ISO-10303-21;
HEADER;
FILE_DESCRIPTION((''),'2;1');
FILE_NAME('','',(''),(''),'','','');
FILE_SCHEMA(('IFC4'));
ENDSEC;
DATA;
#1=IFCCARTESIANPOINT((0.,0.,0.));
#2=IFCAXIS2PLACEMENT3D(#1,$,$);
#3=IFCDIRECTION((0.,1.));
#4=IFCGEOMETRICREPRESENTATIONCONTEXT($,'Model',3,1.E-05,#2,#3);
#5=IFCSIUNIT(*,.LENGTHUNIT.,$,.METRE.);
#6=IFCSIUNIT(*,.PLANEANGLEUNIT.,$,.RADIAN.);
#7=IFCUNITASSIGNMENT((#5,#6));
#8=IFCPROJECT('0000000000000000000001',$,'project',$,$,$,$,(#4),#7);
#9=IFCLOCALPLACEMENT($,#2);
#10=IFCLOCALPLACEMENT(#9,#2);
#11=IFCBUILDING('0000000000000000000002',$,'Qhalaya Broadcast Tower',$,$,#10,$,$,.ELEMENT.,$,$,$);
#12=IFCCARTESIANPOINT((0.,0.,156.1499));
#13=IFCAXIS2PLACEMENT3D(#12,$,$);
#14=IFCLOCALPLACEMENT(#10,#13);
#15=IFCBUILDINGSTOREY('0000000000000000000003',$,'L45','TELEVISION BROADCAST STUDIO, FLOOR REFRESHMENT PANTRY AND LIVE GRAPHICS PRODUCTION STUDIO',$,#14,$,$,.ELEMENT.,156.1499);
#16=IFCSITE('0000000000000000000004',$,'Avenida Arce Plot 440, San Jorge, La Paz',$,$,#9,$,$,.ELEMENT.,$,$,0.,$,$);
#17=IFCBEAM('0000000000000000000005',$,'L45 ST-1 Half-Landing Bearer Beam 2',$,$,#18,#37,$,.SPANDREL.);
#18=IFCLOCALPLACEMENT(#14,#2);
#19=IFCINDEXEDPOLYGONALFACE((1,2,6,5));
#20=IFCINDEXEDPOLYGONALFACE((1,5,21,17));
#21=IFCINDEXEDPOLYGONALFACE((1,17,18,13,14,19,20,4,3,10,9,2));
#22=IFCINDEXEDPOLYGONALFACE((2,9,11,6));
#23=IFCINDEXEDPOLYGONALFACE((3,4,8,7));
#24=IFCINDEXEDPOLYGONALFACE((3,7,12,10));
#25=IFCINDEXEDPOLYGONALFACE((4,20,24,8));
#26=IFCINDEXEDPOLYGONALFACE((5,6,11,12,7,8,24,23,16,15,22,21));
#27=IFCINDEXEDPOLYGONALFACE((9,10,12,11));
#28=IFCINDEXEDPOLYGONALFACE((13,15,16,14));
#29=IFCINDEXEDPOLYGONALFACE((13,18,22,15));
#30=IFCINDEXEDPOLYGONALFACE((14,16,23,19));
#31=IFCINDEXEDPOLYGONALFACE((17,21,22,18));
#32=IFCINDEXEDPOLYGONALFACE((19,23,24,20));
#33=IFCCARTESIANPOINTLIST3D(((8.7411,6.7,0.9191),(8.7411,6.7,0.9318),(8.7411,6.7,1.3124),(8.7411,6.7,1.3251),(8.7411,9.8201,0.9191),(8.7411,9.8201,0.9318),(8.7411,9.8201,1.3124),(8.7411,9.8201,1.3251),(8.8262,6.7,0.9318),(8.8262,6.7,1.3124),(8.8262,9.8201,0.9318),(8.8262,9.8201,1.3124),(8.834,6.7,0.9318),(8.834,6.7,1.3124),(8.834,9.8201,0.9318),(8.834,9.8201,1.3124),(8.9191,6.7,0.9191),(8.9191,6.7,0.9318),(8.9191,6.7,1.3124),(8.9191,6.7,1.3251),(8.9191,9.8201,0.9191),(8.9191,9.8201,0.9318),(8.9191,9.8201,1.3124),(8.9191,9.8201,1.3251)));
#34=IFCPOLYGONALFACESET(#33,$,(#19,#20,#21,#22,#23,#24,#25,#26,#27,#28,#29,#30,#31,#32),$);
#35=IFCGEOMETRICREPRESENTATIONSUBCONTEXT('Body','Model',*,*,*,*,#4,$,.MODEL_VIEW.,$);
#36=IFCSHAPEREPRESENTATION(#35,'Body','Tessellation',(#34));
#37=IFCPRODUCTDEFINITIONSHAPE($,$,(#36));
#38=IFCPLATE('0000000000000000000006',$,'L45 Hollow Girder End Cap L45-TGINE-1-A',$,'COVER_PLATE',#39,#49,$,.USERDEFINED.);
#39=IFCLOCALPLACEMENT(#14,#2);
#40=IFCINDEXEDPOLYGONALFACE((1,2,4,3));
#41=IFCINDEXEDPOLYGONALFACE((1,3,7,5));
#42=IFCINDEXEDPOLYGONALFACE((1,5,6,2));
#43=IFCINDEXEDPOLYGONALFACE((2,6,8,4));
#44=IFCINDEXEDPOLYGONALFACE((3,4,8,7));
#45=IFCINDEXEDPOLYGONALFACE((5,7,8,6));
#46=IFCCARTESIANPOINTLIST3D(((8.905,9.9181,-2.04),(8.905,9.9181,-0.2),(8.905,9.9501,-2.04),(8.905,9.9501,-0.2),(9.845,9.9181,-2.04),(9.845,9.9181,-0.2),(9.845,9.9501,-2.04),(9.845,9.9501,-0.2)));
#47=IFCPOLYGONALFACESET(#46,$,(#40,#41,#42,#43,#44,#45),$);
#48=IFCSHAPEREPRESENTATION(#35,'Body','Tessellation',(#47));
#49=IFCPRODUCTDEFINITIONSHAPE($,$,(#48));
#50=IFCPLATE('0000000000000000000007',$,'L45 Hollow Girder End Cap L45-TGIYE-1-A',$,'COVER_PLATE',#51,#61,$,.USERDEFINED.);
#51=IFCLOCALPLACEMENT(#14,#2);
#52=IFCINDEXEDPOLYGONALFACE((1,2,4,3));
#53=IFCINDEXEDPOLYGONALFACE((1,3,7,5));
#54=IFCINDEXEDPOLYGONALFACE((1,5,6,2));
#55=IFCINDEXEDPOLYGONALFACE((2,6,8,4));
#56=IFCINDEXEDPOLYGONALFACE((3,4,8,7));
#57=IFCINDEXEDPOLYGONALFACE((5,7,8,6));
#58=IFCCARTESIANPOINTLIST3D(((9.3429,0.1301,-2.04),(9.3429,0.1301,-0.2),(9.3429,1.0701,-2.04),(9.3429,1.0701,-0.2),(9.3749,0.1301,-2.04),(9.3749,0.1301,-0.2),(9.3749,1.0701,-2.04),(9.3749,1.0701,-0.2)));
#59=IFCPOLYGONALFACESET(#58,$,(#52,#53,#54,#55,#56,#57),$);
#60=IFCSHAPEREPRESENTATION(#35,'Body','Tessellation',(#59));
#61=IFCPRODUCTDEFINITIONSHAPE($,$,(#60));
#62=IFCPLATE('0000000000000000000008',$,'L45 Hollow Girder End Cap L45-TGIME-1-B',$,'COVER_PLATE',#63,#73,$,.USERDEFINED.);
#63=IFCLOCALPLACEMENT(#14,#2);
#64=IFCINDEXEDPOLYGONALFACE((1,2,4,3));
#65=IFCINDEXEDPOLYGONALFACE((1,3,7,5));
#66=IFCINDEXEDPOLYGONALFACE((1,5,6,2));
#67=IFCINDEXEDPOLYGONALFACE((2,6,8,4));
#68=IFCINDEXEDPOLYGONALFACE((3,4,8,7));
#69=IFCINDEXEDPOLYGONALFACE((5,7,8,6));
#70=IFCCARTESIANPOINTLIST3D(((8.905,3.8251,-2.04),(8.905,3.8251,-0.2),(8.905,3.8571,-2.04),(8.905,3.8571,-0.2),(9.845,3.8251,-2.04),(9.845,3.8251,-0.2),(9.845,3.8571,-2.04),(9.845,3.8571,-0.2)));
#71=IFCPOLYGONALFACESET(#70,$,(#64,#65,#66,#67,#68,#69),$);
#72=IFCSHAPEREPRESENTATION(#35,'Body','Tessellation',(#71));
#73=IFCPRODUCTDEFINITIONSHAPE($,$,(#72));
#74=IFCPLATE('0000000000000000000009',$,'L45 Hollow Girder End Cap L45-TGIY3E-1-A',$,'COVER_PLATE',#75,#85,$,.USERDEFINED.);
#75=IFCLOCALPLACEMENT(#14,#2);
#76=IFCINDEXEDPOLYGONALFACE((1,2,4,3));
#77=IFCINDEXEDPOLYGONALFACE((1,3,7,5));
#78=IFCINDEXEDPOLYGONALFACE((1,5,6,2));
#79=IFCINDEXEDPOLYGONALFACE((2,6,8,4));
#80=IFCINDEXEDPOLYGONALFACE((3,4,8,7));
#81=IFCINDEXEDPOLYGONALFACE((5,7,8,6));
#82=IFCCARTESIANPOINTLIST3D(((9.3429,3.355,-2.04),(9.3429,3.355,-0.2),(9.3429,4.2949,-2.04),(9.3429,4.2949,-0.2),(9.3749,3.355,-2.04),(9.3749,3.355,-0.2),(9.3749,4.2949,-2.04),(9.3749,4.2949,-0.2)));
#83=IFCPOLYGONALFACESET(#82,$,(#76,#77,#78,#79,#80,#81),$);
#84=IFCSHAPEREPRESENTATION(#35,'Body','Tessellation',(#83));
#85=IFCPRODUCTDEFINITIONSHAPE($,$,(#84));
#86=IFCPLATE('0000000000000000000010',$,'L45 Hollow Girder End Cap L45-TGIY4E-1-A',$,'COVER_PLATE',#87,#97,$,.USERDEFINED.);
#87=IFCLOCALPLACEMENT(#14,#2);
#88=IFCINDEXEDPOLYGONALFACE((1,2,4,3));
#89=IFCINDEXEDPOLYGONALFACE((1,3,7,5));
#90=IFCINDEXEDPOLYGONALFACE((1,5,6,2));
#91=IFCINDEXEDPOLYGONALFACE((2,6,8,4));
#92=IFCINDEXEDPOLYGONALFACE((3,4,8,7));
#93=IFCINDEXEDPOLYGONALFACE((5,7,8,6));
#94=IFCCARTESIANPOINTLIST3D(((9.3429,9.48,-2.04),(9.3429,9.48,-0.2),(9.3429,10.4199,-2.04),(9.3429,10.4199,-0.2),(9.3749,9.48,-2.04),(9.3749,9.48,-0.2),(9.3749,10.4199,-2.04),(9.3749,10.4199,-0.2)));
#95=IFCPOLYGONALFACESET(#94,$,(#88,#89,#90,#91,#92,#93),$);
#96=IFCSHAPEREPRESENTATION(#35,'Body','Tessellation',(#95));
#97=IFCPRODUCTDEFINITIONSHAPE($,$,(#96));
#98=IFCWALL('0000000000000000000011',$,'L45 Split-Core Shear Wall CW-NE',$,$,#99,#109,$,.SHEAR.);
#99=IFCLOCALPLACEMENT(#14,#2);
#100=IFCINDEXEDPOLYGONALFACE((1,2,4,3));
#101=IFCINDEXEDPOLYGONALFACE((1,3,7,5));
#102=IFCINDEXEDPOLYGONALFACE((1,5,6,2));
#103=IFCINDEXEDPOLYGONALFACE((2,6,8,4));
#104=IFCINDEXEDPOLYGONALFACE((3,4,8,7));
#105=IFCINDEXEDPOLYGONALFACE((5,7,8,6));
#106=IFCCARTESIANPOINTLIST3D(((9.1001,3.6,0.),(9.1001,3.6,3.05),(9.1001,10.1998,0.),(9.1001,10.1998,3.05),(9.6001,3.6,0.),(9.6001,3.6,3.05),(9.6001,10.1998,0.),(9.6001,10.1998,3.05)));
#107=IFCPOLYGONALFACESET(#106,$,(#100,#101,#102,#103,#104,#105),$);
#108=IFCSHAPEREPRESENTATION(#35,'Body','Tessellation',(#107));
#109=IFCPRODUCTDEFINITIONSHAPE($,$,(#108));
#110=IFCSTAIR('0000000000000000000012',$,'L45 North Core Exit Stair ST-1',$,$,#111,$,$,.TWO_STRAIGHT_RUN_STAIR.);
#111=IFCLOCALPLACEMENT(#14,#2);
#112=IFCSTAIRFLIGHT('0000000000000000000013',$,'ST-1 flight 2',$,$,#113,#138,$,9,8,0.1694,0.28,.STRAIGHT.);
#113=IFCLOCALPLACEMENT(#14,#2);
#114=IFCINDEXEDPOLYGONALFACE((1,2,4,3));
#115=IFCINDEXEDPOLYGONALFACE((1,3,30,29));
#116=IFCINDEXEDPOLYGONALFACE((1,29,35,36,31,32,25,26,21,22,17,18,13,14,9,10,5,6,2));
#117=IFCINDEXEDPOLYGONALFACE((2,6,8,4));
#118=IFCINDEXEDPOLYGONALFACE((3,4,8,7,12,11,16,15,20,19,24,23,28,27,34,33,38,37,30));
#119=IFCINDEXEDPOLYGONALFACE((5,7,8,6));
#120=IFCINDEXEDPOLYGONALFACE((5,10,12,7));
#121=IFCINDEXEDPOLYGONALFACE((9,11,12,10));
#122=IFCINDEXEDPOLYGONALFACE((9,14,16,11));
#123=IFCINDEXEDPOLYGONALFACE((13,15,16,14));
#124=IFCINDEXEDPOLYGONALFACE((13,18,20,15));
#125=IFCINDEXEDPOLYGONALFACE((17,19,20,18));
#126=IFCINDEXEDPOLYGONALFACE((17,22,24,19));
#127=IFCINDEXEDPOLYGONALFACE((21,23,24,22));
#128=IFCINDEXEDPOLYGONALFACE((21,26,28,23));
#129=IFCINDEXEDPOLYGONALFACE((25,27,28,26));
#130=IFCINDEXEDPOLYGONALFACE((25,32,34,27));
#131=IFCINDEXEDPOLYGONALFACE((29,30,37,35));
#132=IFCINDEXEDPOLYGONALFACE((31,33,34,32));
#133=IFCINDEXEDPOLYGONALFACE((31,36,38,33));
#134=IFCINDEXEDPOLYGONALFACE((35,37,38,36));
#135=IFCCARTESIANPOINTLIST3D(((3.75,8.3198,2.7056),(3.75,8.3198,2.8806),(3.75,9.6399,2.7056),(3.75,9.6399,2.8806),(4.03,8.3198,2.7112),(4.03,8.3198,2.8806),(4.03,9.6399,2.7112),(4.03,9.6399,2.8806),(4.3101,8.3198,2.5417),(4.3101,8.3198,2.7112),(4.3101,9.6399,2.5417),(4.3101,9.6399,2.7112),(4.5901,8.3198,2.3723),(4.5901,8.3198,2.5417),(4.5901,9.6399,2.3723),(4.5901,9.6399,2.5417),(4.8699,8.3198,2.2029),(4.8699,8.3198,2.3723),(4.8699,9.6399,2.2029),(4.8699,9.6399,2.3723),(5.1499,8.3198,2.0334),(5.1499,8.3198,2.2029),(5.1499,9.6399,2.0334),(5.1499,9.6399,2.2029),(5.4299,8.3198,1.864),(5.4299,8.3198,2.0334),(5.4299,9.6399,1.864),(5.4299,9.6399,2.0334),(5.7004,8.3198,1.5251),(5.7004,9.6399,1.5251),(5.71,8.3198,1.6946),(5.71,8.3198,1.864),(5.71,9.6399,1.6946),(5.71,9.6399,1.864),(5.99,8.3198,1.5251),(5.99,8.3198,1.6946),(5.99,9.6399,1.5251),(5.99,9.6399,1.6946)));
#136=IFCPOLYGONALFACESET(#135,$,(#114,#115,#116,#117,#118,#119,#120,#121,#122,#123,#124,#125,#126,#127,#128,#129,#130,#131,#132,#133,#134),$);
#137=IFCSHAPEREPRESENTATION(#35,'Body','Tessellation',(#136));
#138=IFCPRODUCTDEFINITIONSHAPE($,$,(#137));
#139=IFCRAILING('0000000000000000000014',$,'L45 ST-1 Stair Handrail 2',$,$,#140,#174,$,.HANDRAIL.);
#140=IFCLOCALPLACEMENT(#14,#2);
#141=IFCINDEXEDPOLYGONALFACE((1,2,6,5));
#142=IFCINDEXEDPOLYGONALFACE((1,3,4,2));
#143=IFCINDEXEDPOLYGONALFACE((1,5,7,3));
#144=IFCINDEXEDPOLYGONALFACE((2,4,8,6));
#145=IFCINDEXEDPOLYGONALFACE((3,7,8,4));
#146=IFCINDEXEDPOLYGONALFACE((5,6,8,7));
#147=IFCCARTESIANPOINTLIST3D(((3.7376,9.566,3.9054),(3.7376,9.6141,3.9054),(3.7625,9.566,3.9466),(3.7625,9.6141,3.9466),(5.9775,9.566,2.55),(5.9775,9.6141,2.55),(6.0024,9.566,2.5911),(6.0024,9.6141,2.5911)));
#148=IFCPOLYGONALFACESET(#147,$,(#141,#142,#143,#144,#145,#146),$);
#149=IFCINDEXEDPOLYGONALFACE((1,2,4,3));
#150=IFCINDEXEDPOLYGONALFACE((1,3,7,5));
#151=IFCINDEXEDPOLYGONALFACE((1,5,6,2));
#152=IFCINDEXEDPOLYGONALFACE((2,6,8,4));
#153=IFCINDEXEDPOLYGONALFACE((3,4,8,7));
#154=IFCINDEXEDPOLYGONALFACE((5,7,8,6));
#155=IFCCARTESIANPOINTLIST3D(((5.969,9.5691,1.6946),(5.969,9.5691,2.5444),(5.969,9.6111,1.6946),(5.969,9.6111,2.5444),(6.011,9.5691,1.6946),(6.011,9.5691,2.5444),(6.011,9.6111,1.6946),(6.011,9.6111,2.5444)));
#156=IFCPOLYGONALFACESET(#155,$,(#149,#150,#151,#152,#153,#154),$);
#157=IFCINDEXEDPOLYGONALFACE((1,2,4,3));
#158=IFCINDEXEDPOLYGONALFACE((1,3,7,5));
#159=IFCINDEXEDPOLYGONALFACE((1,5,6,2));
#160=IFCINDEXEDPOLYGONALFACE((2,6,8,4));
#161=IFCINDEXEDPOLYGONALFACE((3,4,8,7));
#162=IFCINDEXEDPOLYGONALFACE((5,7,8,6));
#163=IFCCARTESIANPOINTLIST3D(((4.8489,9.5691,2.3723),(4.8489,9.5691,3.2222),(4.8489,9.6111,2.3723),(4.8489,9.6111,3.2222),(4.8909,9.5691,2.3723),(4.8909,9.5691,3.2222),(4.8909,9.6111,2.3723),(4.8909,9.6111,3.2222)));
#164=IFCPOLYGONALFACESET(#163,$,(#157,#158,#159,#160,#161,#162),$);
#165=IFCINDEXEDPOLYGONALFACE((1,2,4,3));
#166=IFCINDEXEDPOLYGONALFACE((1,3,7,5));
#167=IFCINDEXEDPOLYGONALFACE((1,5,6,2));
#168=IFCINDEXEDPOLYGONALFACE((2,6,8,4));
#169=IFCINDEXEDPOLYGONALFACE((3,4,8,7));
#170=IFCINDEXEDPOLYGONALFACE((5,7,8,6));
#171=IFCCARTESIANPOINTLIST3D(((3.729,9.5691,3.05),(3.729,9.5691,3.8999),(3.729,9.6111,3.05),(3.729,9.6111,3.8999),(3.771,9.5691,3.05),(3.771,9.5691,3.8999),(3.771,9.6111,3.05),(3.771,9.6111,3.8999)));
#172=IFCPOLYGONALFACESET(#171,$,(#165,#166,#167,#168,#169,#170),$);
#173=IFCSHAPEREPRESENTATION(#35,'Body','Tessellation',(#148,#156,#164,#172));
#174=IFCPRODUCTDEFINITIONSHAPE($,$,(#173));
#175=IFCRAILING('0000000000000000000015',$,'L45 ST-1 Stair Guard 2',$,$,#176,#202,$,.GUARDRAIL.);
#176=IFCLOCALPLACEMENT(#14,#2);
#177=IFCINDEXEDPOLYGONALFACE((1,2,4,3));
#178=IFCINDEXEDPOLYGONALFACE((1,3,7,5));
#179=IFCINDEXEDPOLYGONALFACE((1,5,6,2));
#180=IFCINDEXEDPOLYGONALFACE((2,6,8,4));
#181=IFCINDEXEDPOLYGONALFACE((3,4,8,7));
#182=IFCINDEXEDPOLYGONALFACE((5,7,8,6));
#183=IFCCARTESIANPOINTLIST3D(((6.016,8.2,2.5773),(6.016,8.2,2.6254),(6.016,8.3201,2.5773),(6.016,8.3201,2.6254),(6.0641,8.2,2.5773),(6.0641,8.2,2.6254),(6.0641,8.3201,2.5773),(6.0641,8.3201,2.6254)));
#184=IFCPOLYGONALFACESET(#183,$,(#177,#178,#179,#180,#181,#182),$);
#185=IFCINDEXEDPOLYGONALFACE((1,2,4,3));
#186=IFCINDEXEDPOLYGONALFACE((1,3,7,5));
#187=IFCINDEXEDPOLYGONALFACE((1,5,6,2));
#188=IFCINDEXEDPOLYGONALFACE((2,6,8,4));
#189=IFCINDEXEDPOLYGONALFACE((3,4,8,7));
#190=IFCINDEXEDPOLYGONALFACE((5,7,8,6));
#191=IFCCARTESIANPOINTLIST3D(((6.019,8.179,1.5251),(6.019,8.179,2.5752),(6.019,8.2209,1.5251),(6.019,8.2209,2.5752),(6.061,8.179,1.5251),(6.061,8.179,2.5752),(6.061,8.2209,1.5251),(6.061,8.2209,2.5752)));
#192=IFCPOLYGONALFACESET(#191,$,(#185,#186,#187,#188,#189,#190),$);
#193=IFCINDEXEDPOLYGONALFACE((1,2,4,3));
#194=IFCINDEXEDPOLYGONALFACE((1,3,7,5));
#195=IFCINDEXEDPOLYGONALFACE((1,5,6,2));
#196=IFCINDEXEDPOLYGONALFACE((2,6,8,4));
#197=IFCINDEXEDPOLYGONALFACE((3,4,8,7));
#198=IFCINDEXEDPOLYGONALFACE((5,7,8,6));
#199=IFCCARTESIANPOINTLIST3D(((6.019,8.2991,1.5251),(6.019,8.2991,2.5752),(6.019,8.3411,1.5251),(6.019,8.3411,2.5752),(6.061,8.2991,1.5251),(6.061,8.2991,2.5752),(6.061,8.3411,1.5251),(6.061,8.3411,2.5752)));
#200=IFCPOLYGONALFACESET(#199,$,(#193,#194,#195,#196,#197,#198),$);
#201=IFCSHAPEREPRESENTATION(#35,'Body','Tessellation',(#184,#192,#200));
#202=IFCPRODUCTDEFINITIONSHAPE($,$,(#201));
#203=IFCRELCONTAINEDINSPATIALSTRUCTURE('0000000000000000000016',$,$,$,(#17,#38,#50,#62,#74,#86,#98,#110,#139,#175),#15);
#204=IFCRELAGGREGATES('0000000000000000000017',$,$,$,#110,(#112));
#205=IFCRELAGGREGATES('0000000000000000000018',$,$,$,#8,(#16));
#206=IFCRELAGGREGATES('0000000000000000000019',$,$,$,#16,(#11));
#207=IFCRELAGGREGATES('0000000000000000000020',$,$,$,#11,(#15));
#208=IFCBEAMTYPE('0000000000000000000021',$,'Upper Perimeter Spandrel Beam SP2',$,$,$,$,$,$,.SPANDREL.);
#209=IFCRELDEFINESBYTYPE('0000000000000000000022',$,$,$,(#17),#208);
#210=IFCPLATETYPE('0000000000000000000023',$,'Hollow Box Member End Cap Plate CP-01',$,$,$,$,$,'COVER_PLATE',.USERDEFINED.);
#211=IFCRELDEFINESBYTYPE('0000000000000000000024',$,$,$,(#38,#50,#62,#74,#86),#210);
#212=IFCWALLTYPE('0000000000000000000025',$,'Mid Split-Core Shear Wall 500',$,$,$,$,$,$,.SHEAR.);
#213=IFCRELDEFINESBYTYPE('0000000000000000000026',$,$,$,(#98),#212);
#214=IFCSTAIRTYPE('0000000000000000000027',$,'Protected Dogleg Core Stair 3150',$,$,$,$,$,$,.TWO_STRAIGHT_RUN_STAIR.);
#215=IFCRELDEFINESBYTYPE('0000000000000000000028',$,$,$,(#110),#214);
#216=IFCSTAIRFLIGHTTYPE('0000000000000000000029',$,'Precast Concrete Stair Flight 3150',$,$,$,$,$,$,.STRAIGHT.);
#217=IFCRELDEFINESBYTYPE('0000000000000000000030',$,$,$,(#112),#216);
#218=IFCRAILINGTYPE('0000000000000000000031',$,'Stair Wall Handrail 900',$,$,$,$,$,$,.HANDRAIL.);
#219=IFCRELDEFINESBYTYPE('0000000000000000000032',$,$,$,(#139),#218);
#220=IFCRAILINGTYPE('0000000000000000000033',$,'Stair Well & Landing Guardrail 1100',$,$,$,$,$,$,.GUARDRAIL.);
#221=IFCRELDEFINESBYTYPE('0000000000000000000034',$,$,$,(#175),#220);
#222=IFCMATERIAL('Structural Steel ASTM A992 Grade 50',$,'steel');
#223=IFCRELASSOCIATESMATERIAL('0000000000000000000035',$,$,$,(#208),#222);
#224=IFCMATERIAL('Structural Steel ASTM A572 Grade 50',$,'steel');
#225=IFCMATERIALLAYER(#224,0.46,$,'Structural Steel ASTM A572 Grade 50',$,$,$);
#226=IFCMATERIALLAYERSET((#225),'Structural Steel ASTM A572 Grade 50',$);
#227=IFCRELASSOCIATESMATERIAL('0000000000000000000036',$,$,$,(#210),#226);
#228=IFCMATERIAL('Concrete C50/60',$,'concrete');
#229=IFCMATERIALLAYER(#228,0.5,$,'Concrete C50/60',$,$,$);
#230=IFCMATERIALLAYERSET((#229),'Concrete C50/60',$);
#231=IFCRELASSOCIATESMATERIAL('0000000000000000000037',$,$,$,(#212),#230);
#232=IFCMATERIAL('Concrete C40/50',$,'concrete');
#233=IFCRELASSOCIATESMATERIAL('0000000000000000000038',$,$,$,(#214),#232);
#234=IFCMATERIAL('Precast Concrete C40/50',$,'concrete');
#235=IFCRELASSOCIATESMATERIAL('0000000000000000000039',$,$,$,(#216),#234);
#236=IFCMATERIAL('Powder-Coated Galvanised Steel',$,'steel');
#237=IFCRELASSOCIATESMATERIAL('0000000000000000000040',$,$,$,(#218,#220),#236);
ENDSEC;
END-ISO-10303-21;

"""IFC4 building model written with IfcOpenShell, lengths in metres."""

from ifc_helpers import new_model, si_unit, direction, frame, frame_2d, origin, origin_2d, place, context, subcontext, project, spatial, polyline, rectangle, i_section, outline, extrude, material, layer, layer_set, material_profile, profile_set, type_object, element, aggregate, save


model = new_model("IFC4")

# Units and contexts
model_context = context("Model", 3, precision=1e-05, world=origin(), true_north=direction((0.0, 1.0)))
body_context = subcontext(model_context, "Body", "Model", "MODEL_VIEW")
ifc_project = project(units=[si_unit("LENGTHUNIT", "METRE"), si_unit("PLANEANGLEUNIT", "RADIAN")], contexts=[model_context])

# Site, building, storey
site_placement = place(None, origin())
site = spatial("IfcSite", under=ifc_project, at=site_placement, Name="Avenida Arce Plot 440, San Jorge, La Paz", CompositionType="ELEMENT", RefElevation=0.0)
building_placement = place(site_placement, origin())
building = spatial("IfcBuilding", under=site, at=building_placement, Name="Qhalaya Broadcast Tower", CompositionType="ELEMENT")
storey_placement = place(building_placement, frame((0.0, 0.0, 156.1499)))
storey = spatial("IfcBuildingStorey", under=building, at=storey_placement, Name="L45", Description="TELEVISION BROADCAST STUDIO, FLOOR REFRESHMENT PANTRY AND LIVE GRAPHICS PRODUCTION STUDIO", CompositionType="ELEMENT", Elevation=156.1499)

# Shared definitions
ifc_material_1 = material(Name="Concrete C50/60", Category="concrete")

# Beam
ifc_material_2 = material(Name="Structural Steel ASTM A572 Grade 50", Category="steel")
ifc_material_3 = material(Name="Structural Steel ASTM A992 Grade 50", Category="steel")
ifc_material_profile_1 = material_profile(ifc_material_3, i_section(OverallWidth=0.178, OverallDepth=0.406, WebThickness=0.0078, FlangeThickness=0.0127, at=origin_2d()), Name="W16X40")
ifc_profile_set_1 = profile_set([ifc_material_profile_1], Name="Structural Steel ASTM A992 Grade 50")
beam_type_1 = type_object("IfcBeamType", Name="Upper Perimeter Spandrel Beam SP2", PredefinedType="SPANDREL", material=ifc_profile_set_1)
for number, where, z_axis, x_axis, name in (
    (1, (8.8301, 6.7, 1.1221), (0.0, 1.0, 0.0), (-1.0, 0.0, 0.0), "L45 ST-1 Half-Landing Bearer Beam 2"),
):
    element("IfcBeam", number, at=place(storey_placement, frame(where, z_axis=z_axis, x_axis=x_axis)), inside=storey, type_object=beam_type_1, Name=name, PredefinedType="SPANDREL", context=body_context, shape_type="SweptSolid", body=[
        extrude(i_section(OverallWidth=0.178, OverallDepth=0.406, WebThickness=0.0078, FlangeThickness=0.0127, at=origin_2d()), origin(), (0.0, 0.0, 1.0), 3.1201),
    ])

# Plates
ifc_layer_1 = layer(ifc_material_2, 0.46, Name="Structural Steel ASTM A572 Grade 50")
ifc_layer_set_1 = layer_set([ifc_layer_1], Name="Structural Steel ASTM A572 Grade 50")
plate_type = type_object("IfcPlateType", Name="Hollow Box Member End Cap Plate CP-01", ElementType="COVER_PLATE", PredefinedType="USERDEFINED", material=ifc_layer_set_1)
for number, where, z_axis, x_axis, name in (
    (2, (9.375, 9.9341, -2.04), (0.0, 0.0, 1.0), (-1.0, 0.0, 0.0), "L45 Hollow Girder End Cap L45-TGINE-1-A"),
    (3, (9.3589, 0.6001, -2.04), (0.0, 0.0, 1.0), (0.0, 1.0, 0.0), "L45 Hollow Girder End Cap L45-TGIYE-1-A"),
    (4, (9.375, 3.8411, -2.04), (0.0, 0.0, 1.0), (-1.0, 0.0, 0.0), "L45 Hollow Girder End Cap L45-TGIME-1-B"),
    (5, (9.3589, 3.825, -2.04), (0.0, 0.0, 1.0), (0.0, 1.0, 0.0), "L45 Hollow Girder End Cap L45-TGIY3E-1-A"),
    (6, (9.3589, 9.95, -2.04), (0.0, 0.0, 1.0), (0.0, 1.0, 0.0), "L45 Hollow Girder End Cap L45-TGIY4E-1-A"),
):
    element("IfcPlate", number, at=place(storey_placement, frame(where, z_axis=z_axis, x_axis=x_axis)), inside=storey, type_object=plate_type, Name=name, ObjectType="COVER_PLATE", PredefinedType="USERDEFINED", context=body_context, shape_type="SweptSolid", body=[
        extrude(rectangle(XDim=0.9399, YDim=0.032, at=origin_2d()), origin(), (0.0, 0.0, 1.0), 1.8401),
    ])

# Wall
ifc_layer_2 = layer(ifc_material_1, 0.5, Name="Concrete C50/60")
ifc_layer_set_2 = layer_set([ifc_layer_2], Name="Concrete C50/60")
wall_type = type_object("IfcWallType", Name="Mid Split-Core Shear Wall 500", PredefinedType="SHEAR", material=ifc_layer_set_2)
wall_placement = place(storey_placement, frame((9.3501, 3.6001, 0.0), z_axis=(0.0, 0.0, 1.0), x_axis=(0.0, 1.0, 0.0)))
element("IfcWall", 7, at=wall_placement, inside=storey, type_object=wall_type, Name="L45 Split-Core Shear Wall CW-NE", PredefinedType="SHEAR", context=body_context, shape_type="SweptSolid", body=[
    extrude(rectangle(XDim=6.5999, YDim=0.5, at=frame_2d((3.2998, 0.0))), origin(), (0.0, 0.0, 1.0), 3.05),
])

# Stair, stair flight
ifc_material_4 = material(Name="Concrete C40/50", Category="concrete")
stair_type = type_object("IfcStairType", Name="Protected Dogleg Core Stair 3150", PredefinedType="TWO_STRAIGHT_RUN_STAIR", material=ifc_material_4)
stair_placement = place(storey_placement, origin())
stair = element("IfcStair", 8, at=stair_placement, inside=storey, type_object=stair_type, Name="L45 North Core Exit Stair ST-1", PredefinedType="TWO_STRAIGHT_RUN_STAIR")
ifc_material_5 = material(Name="Precast Concrete C40/50", Category="concrete")
stair_flight_type = type_object("IfcStairFlightType", Name="Precast Concrete Stair Flight 3150", PredefinedType="STRAIGHT", material=ifc_material_5)
stair_flight_placement = place(storey_placement, frame((5.99, 8.98, 1.5251), z_axis=(0.0, 0.0, 1.0), x_axis=(-1.0, 0.0, 0.0)))
stair_flight = element("IfcStairFlight", 9, at=stair_flight_placement, type_object=stair_flight_type, Name="ST-1 flight 2", NumberOfRisers=9, NumberOfTreads=8, PredefinedType="STRAIGHT", RiserHeight=0.1694, TreadLength=0.28, context=body_context, shape_type="SweptSolid", body=[
    extrude(outline(polyline([(0.0, 0.0), (0.0, 0.1694), (0.28, 0.1694), (0.28, 0.3389), (0.5601, 0.3389), (0.5601, 0.5083), (0.8401, 0.5083), (0.8401, 0.6777), (1.1201, 0.6777), (1.1201, 0.8472), (1.3999, 0.8472), (1.3999, 1.0166), (1.6799, 1.0166), (1.6799, 1.186), (1.96, 1.186), (1.96, 1.3555), (2.24, 1.3555), (2.24, 1.5249), (2.24, 1.1804), (0.2896, 0.0), (0.0, 0.0)])), frame((0.0, 0.6602, 0.0), z_axis=(0.0, -1.0, 0.0), x_axis=(1.0, 0.0, 0.0)), (0.0, 0.0, 1.0), 1.3201),
])
aggregate(stair, [stair_flight])

# Railings
ifc_material_6 = material(Name="Powder-Coated Galvanised Steel", Category="steel")
railing_type_1 = type_object("IfcRailingType", Name="Stair Wall Handrail 900", PredefinedType="HANDRAIL", material=ifc_material_6)
railing_1_placement = place(storey_placement, frame((5.99, 9.5901, 1.6946)))
element("IfcRailing", 10, at=railing_1_placement, inside=storey, type_object=railing_type_1, Name="L45 ST-1 Stair Handrail 2", PredefinedType="HANDRAIL", context=body_context, shape_type="SweptSolid", body=[
    extrude(rectangle(XDim=0.0481, YDim=0.0481, at=origin_2d()), frame((0.0, 0.0, 0.876), z_axis=(-0.855553, 0.0, 0.517715), x_axis=(0.0, -1.0, 0.0)), (0.0, 0.0, 1.0), 2.6182),
    extrude(rectangle(XDim=0.042, YDim=0.042, at=origin_2d()), origin(), (0.0, 0.0, 1.0), 0.8499),
    extrude(rectangle(XDim=0.042, YDim=0.042, at=origin_2d()), frame((-1.1201, 0.0, 0.6777)), (0.0, 0.0, 1.0), 0.8499),
    extrude(rectangle(XDim=0.042, YDim=0.042, at=origin_2d()), frame((-2.24, 0.0, 1.3555)), (0.0, 0.0, 1.0), 0.8499),
])
railing_type_2 = type_object("IfcRailingType", Name="Stair Well & Landing Guardrail 1100", PredefinedType="GUARDRAIL", material=ifc_material_6)
railing_2_placement = place(storey_placement, frame((6.04, 8.2, 1.5251)))
element("IfcRailing", 11, at=railing_2_placement, inside=storey, type_object=railing_type_2, Name="L45 ST-1 Stair Guard 2", PredefinedType="GUARDRAIL", context=body_context, shape_type="SweptSolid", body=[
    extrude(rectangle(XDim=0.0481, YDim=0.0481, at=origin_2d()), frame((0.0, 0.0, 1.0762), z_axis=(0.0, 1.0, 0.0), x_axis=(-1.0, 0.0, 0.0)), (0.0, 0.0, 1.0), 0.1201),
    extrude(rectangle(XDim=0.042, YDim=0.042, at=origin_2d()), origin(), (0.0, 0.0, 1.0), 1.05),
    extrude(rectangle(XDim=0.042, YDim=0.042, at=origin_2d()), frame((0.0, 0.1201, 0.0)), (0.0, 0.0, 1.0), 1.05),
])

save(model, "model.ifc")
